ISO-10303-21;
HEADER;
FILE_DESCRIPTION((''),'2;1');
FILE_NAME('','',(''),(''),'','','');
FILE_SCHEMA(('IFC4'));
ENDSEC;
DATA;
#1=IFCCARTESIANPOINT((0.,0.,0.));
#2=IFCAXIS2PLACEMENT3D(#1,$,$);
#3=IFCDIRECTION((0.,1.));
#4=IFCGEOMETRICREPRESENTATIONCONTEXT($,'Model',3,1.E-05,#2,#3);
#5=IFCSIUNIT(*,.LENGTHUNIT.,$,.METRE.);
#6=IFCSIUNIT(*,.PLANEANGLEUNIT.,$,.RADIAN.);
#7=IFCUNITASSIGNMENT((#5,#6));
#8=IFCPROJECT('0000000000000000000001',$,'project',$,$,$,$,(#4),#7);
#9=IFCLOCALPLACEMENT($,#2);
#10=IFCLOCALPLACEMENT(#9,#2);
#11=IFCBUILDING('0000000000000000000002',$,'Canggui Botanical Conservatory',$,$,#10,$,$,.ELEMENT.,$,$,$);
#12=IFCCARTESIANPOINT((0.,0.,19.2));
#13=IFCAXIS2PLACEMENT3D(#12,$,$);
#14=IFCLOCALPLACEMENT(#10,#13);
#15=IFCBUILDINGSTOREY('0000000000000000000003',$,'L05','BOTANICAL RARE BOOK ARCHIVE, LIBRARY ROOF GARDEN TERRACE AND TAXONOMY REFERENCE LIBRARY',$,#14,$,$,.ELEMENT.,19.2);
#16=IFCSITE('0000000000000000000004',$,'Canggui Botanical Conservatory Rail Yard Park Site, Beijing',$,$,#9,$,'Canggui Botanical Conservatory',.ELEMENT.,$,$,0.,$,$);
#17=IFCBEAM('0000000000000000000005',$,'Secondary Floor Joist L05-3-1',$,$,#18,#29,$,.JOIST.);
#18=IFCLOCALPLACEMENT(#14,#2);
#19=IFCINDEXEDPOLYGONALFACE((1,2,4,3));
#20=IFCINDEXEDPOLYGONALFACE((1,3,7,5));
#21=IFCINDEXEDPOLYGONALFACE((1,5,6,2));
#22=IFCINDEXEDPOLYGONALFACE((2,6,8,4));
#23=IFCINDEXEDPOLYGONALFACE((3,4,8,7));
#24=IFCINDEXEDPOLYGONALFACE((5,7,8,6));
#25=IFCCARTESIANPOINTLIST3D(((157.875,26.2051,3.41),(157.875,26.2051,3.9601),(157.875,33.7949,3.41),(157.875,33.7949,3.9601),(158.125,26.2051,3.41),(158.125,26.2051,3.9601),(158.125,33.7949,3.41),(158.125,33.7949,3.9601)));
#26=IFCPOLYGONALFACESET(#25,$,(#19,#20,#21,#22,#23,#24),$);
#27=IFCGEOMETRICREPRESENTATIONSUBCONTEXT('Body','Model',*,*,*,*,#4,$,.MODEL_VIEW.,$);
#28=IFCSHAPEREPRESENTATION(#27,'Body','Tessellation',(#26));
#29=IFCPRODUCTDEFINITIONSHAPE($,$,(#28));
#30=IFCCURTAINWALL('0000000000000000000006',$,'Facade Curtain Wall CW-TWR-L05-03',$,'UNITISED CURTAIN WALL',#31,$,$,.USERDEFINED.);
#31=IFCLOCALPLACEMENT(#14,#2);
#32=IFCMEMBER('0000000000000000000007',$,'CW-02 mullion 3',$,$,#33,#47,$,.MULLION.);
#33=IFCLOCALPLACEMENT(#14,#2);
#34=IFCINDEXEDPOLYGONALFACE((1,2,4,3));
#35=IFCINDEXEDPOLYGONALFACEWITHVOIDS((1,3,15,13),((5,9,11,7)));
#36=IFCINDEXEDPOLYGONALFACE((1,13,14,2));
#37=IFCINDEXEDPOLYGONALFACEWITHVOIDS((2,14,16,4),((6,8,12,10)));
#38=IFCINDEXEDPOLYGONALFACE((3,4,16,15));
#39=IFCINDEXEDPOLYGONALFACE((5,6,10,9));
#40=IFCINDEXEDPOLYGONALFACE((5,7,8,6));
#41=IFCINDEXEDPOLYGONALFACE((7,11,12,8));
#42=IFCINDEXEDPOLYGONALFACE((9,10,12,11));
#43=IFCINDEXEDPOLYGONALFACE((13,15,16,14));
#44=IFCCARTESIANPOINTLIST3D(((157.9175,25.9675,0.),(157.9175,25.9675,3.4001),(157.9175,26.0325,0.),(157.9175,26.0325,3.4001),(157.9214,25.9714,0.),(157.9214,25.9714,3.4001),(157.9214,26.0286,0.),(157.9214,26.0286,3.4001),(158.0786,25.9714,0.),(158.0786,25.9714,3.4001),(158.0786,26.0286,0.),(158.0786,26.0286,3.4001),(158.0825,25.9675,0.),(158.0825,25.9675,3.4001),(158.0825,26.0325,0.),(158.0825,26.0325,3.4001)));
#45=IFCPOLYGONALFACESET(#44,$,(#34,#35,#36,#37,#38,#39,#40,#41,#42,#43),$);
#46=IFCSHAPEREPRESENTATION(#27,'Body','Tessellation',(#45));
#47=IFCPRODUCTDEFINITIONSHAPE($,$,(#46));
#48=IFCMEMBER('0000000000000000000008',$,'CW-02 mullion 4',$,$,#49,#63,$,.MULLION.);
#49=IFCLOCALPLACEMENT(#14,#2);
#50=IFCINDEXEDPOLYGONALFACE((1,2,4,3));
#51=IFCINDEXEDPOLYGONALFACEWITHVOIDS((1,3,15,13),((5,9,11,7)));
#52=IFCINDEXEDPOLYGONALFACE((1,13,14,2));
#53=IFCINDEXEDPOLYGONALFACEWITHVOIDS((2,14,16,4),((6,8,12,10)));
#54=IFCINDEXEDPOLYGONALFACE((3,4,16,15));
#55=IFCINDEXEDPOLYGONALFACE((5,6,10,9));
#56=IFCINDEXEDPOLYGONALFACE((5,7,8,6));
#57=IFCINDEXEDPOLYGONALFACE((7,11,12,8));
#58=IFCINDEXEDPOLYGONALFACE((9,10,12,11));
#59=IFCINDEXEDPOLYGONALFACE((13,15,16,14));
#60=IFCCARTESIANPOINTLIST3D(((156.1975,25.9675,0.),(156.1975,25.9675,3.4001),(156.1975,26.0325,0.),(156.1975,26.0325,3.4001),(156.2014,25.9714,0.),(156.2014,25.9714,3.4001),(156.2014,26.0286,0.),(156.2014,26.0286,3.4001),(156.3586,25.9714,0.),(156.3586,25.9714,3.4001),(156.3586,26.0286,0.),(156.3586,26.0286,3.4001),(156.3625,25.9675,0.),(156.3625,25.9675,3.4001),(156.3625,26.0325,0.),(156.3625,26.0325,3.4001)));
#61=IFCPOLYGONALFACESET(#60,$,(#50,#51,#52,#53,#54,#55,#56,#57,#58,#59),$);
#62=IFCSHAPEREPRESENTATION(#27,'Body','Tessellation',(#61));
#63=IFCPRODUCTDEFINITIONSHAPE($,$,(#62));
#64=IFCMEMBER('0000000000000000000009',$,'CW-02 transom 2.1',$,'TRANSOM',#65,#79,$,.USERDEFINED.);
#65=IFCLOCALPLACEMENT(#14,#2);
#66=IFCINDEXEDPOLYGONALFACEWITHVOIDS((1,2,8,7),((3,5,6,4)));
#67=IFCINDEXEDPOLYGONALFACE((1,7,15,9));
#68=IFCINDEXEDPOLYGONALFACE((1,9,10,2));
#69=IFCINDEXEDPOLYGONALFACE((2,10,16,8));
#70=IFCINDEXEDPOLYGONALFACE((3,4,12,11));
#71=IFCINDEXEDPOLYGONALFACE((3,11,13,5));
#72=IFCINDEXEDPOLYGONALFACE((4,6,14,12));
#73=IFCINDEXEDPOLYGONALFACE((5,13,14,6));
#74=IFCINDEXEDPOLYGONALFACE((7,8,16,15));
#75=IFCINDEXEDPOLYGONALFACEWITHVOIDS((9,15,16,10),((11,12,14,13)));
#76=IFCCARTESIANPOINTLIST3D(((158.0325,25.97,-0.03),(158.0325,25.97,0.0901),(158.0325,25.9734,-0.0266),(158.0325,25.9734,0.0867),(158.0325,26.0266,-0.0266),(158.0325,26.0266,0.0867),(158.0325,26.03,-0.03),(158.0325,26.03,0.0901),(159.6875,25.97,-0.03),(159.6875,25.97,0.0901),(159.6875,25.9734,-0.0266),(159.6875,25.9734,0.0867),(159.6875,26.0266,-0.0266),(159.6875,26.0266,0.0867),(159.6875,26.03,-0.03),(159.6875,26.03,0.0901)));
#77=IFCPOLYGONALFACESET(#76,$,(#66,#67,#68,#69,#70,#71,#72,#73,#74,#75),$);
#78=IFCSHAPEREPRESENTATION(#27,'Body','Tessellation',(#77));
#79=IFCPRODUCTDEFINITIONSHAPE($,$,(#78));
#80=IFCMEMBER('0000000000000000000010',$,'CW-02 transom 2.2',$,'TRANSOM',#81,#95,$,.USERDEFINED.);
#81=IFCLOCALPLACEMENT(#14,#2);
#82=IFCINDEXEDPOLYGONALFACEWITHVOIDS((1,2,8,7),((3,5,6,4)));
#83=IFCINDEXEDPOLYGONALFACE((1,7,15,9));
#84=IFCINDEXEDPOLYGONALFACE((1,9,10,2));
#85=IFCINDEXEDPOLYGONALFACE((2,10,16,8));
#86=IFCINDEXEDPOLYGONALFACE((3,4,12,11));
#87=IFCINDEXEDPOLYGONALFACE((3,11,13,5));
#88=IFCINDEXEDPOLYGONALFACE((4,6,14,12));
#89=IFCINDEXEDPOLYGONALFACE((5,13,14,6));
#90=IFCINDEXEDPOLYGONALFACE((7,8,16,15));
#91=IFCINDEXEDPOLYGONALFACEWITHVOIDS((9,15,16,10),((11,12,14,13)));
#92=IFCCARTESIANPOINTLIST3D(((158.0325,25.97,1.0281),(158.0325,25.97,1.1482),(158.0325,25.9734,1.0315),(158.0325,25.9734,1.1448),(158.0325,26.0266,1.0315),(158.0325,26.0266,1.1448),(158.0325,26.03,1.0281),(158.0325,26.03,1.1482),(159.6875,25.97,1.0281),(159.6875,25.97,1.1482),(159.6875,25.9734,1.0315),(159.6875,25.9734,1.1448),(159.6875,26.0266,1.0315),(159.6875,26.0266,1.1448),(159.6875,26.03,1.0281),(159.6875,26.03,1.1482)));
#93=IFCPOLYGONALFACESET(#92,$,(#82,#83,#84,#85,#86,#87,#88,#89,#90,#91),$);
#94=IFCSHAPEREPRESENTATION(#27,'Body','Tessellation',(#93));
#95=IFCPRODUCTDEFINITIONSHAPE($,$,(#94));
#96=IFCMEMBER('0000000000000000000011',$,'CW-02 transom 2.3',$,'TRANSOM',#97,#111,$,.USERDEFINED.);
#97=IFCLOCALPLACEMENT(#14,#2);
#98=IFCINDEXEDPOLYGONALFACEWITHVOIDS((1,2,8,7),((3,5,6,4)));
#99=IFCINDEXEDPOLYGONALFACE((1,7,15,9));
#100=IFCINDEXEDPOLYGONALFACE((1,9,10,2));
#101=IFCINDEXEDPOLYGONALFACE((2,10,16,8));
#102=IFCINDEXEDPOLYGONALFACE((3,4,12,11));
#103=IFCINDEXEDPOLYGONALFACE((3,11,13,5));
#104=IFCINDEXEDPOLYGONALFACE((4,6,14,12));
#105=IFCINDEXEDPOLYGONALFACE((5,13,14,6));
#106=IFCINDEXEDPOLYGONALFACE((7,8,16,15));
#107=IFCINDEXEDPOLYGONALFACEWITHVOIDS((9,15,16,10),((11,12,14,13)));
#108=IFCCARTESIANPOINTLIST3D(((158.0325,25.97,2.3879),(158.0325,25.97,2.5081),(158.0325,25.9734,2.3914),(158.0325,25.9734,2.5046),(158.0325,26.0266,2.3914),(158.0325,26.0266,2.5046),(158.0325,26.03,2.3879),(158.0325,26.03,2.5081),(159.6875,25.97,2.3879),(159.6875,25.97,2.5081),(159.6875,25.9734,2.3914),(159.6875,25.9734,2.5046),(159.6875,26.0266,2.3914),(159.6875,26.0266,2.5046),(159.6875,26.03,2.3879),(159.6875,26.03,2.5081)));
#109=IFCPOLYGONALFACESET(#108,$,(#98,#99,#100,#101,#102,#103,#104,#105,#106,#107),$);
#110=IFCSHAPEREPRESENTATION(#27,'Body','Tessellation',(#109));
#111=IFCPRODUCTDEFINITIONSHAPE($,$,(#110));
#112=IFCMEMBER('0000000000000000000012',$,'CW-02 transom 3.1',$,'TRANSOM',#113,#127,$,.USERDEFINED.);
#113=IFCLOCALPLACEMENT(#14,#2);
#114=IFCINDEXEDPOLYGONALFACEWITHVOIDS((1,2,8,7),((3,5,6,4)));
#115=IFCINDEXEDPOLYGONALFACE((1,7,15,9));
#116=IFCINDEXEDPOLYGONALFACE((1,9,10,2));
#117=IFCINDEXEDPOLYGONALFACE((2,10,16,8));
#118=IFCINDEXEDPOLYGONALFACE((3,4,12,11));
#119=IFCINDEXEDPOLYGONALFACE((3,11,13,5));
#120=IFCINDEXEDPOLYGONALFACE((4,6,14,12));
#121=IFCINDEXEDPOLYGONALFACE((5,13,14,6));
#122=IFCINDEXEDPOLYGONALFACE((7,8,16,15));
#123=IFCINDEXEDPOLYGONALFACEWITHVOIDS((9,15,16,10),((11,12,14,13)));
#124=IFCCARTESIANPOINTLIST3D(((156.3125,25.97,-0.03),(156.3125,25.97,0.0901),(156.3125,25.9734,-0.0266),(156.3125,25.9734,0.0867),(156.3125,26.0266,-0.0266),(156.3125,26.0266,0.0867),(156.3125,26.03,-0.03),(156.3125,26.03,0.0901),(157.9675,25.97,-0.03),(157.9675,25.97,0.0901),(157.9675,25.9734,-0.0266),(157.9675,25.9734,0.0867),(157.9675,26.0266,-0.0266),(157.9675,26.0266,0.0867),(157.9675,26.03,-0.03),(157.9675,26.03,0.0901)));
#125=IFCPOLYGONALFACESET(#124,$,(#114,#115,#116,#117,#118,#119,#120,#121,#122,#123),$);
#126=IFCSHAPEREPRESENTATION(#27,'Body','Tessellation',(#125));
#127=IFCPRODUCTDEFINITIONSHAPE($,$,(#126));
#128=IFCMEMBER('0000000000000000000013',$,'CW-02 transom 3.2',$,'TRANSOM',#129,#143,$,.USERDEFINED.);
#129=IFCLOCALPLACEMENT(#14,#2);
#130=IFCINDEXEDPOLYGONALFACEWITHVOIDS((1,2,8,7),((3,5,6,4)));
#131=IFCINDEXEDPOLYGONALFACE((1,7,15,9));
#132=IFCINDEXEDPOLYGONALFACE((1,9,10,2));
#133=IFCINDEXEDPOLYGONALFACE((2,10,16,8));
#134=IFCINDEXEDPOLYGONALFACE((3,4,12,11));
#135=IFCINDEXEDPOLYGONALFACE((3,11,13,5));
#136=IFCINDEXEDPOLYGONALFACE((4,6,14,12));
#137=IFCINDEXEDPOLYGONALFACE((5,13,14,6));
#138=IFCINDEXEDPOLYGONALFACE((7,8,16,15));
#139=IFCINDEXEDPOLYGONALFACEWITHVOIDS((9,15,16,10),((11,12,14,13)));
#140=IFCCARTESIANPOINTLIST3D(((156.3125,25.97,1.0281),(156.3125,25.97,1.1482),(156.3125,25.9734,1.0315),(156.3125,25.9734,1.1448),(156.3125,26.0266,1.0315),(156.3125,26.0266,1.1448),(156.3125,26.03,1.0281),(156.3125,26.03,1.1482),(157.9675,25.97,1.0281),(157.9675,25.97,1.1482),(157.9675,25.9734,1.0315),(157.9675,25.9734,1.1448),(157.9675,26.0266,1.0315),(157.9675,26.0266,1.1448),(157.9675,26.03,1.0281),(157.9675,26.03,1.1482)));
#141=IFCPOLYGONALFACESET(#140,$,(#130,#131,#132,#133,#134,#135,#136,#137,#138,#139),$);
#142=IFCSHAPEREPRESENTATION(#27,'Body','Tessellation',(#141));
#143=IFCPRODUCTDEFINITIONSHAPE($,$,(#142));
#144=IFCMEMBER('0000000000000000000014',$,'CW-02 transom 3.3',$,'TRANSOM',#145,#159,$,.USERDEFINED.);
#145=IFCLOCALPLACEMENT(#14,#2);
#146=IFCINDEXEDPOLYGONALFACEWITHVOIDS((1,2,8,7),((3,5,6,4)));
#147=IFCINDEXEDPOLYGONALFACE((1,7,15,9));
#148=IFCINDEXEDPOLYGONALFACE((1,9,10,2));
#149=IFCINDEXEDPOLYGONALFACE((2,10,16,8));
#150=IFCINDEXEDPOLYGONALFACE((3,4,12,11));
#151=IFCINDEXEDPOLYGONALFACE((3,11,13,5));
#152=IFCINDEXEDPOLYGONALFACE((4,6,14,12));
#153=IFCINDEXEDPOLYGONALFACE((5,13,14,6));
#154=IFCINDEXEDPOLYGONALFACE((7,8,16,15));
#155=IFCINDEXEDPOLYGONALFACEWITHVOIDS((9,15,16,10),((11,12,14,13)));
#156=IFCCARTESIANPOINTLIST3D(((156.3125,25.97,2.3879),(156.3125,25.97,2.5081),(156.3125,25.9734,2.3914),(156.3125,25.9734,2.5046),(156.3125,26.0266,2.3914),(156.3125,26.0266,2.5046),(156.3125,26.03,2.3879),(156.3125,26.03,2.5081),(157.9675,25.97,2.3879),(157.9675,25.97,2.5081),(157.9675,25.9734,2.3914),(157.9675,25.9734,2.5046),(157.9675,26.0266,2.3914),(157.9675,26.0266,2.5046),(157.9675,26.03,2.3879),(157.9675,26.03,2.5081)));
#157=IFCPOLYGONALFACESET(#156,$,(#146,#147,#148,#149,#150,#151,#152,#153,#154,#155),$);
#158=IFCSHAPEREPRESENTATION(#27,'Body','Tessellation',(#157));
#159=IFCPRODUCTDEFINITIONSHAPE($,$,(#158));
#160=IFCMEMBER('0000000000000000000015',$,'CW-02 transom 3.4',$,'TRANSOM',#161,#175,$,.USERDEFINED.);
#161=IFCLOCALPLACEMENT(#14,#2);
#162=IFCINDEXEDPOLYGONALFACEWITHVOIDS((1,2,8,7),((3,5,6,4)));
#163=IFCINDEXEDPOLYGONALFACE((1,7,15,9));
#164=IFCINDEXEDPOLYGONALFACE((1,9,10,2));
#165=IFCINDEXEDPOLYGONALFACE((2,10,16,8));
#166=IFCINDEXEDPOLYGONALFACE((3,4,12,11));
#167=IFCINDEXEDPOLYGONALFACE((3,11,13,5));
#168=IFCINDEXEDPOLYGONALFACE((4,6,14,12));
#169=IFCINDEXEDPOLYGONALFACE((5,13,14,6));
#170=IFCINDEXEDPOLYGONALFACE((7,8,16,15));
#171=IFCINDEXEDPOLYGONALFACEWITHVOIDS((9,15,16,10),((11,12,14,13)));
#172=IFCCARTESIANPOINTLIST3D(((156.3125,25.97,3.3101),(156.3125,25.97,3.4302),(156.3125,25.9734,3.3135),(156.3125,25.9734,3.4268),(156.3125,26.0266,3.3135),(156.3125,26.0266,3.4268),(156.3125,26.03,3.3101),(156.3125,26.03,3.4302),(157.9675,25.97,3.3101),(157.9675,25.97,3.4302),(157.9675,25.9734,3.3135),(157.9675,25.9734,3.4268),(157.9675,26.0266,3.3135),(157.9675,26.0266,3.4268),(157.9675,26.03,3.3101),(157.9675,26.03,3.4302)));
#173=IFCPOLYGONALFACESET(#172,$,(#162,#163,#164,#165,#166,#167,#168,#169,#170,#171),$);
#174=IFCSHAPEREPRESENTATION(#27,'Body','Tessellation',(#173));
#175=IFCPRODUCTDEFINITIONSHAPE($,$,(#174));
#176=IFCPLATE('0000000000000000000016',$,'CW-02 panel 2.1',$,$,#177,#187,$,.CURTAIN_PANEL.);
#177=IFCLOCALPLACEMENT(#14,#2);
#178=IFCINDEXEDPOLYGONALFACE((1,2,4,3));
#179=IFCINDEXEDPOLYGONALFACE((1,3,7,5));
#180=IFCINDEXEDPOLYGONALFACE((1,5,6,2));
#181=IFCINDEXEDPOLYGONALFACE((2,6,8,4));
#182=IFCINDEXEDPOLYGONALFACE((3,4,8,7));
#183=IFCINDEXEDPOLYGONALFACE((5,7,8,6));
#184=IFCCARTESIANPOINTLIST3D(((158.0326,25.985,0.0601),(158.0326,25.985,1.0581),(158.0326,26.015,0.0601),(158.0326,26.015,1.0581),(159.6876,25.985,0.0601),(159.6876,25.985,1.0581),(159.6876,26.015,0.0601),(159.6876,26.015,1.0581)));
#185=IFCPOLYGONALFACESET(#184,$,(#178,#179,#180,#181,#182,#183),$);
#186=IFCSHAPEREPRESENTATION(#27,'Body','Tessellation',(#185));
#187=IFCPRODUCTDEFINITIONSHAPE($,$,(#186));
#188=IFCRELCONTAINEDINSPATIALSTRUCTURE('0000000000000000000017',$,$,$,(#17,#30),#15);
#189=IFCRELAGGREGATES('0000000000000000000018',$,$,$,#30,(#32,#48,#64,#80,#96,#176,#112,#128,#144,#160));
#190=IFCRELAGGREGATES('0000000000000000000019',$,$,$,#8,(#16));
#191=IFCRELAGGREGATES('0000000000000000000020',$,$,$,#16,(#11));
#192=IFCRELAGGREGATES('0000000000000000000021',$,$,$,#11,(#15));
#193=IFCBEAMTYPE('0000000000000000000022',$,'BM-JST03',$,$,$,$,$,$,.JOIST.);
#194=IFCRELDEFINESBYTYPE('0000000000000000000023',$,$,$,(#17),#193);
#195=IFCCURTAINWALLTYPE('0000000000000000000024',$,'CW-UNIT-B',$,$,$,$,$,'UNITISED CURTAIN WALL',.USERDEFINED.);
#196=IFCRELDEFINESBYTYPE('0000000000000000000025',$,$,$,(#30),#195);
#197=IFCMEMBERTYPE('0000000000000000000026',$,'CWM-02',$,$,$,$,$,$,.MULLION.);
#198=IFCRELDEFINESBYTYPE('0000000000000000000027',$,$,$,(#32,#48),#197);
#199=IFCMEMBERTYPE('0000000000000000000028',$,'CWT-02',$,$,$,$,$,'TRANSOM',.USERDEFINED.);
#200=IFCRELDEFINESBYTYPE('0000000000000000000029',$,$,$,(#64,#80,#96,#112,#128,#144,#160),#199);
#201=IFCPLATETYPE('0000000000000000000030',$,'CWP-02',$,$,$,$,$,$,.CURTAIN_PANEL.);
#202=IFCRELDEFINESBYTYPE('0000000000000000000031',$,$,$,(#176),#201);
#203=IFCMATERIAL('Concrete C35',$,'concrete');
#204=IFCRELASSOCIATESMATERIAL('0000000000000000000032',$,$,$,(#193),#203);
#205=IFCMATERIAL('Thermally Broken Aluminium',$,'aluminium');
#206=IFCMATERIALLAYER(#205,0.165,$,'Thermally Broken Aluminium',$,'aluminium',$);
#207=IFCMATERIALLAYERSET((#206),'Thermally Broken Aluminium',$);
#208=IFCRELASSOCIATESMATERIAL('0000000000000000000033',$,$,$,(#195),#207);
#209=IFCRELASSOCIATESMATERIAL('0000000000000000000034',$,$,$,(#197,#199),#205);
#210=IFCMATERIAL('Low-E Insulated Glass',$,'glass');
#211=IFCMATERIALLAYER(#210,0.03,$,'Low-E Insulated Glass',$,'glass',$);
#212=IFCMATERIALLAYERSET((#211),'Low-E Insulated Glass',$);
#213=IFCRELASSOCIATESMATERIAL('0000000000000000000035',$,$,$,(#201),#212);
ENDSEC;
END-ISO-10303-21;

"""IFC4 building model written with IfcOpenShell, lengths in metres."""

from ifc_helpers import new_model, si_unit, direction, frame, origin, origin_2d, place, context, subcontext, project, spatial, rectangle, hollow_rectangle, extrude, material, layer, layer_set, material_profile, profile_set, type_object, element, aggregate, save


model = new_model("IFC4")

# Units and contexts
model_context = context("Model", 3, precision=1e-05, world=origin(), true_north=direction((0.0, 1.0)))
body_context = subcontext(model_context, "Body", "Model", "MODEL_VIEW")
ifc_project = project(units=[si_unit("LENGTHUNIT", "METRE"), si_unit("PLANEANGLEUNIT", "RADIAN")], contexts=[model_context])

# Site, building, storey
site_placement = place(None, origin())
site = spatial("IfcSite", under=ifc_project, at=site_placement, Name="Canggui Botanical Conservatory Rail Yard Park Site, Beijing", LongName="Canggui Botanical Conservatory", CompositionType="ELEMENT", RefElevation=0.0)
building_placement = place(site_placement, origin())
building = spatial("IfcBuilding", under=site, at=building_placement, Name="Canggui Botanical Conservatory", CompositionType="ELEMENT")
storey_placement = place(building_placement, frame((0.0, 0.0, 19.2)))
storey = spatial("IfcBuildingStorey", under=building, at=storey_placement, Name="L05", Description="BOTANICAL RARE BOOK ARCHIVE, LIBRARY ROOF GARDEN TERRACE AND TAXONOMY REFERENCE LIBRARY", CompositionType="ELEMENT", Elevation=19.2)

# Beam
ifc_material_1 = material(Name="Concrete C35", Category="concrete")
ifc_material_profile_1 = material_profile(ifc_material_1, rectangle(XDim=0.25, YDim=0.55, at=origin_2d()), Name="RB 250x550")
ifc_profile_set_1 = profile_set([ifc_material_profile_1], Name="Concrete C35")
beam_type = type_object("IfcBeamType", Name="BM-JST03", PredefinedType="JOIST", material=ifc_profile_set_1)
beam_placement = place(storey_placement, frame((158.0, 26.2051, 3.6851), z_axis=(0.0, 1.0, 0.0), x_axis=(-1.0, 0.0, 0.0)))
element("IfcBeam", 1, at=beam_placement, inside=storey, type_object=beam_type, Name="Secondary Floor Joist L05-3-1", PredefinedType="JOIST", context=body_context, shape_type="SweptSolid", body=[
    extrude(rectangle(XDim=0.25, YDim=0.55, at=origin_2d()), origin(), (0.0, 0.0, 1.0), 7.5898),
])

# Curtain wall, members, plate
ifc_material_2 = material(Name="Thermally Broken Aluminium", Category="aluminium")
ifc_layer_1 = layer(ifc_material_2, 0.165, Name="Thermally Broken Aluminium", Category="aluminium")
ifc_layer_set_1 = layer_set([ifc_layer_1], Name="Thermally Broken Aluminium")
curtain_wall_type = type_object("IfcCurtainWallType", Name="CW-UNIT-B", ElementType="UNITISED CURTAIN WALL", PredefinedType="USERDEFINED", material=ifc_layer_set_1)
curtain_wall_placement = place(storey_placement, origin())
curtain_wall = element("IfcCurtainWall", 2, at=curtain_wall_placement, inside=storey, type_object=curtain_wall_type, Name="Facade Curtain Wall CW-TWR-L05-03", ObjectType="UNITISED CURTAIN WALL", PredefinedType="USERDEFINED")
ifc_material_profile_2 = material_profile(ifc_material_2, hollow_rectangle(XDim=0.0649, YDim=0.165, WallThickness=0.0039, at=origin_2d()), Name="CWM 65x165x4")
ifc_profile_set_2 = profile_set([ifc_material_profile_2], Name="Thermally Broken Aluminium")
member_type_1 = type_object("IfcMemberType", Name="CWM-02", PredefinedType="MULLION", material=ifc_profile_set_2)
member_1_placement = place(storey_placement, frame((158.0, 26.0, 0.0), z_axis=(0.0, 0.0, 1.0), x_axis=(0.0, -1.0, 0.0)))
member_1 = element("IfcMember", 3, at=member_1_placement, type_object=member_type_1, Name="CW-02 mullion 3", PredefinedType="MULLION", context=body_context, shape_type="SweptSolid", body=[
    extrude(hollow_rectangle(XDim=0.0649, YDim=0.165, WallThickness=0.0039, at=origin_2d()), origin(), (0.0, 0.0, 1.0), 3.4001),
])
member_2_placement = place(storey_placement, frame((156.28, 26.0, 0.0), z_axis=(0.0, 0.0, 1.0), x_axis=(0.0, -1.0, 0.0)))
member_2 = element("IfcMember", 4, at=member_2_placement, type_object=member_type_1, Name="CW-02 mullion 4", PredefinedType="MULLION", context=body_context, shape_type="SweptSolid", body=[
    extrude(hollow_rectangle(XDim=0.0649, YDim=0.165, WallThickness=0.0039, at=origin_2d()), origin(), (0.0, 0.0, 1.0), 3.4001),
])
ifc_material_profile_3 = material_profile(ifc_material_2, hollow_rectangle(XDim=0.0601, YDim=0.1201, WallThickness=0.0034, at=origin_2d()), Name="CWT 60x120x3.5")
ifc_profile_set_3 = profile_set([ifc_material_profile_3], Name="Thermally Broken Aluminium")
member_type_2 = type_object("IfcMemberType", Name="CWT-02", ElementType="TRANSOM", PredefinedType="USERDEFINED", material=ifc_profile_set_3)
member_3_placement = place(storey_placement, frame((159.6875, 26.0, 0.03), z_axis=(-1.0, 0.0, 0.0), x_axis=(0.0, -1.0, 0.0)))
member_3 = element("IfcMember", 5, at=member_3_placement, type_object=member_type_2, Name="CW-02 transom 2.1", ObjectType="TRANSOM", PredefinedType="USERDEFINED", context=body_context, shape_type="SweptSolid", body=[
    extrude(hollow_rectangle(XDim=0.0601, YDim=0.1201, WallThickness=0.0034, at=origin_2d()), origin(), (0.0, 0.0, 1.0), 1.655),
])
member_4_placement = place(storey_placement, frame((159.6875, 26.0, 1.0881), z_axis=(-1.0, 0.0, 0.0), x_axis=(0.0, -1.0, 0.0)))
member_4 = element("IfcMember", 6, at=member_4_placement, type_object=member_type_2, Name="CW-02 transom 2.2", ObjectType="TRANSOM", PredefinedType="USERDEFINED", context=body_context, shape_type="SweptSolid", body=[
    extrude(hollow_rectangle(XDim=0.0601, YDim=0.1201, WallThickness=0.0034, at=origin_2d()), origin(), (0.0, 0.0, 1.0), 1.655),
])
member_5_placement = place(storey_placement, frame((159.6875, 26.0, 2.448), z_axis=(-1.0, 0.0, 0.0), x_axis=(0.0, -1.0, 0.0)))
member_5 = element("IfcMember", 7, at=member_5_placement, type_object=member_type_2, Name="CW-02 transom 2.3", ObjectType="TRANSOM", PredefinedType="USERDEFINED", context=body_context, shape_type="SweptSolid", body=[
    extrude(hollow_rectangle(XDim=0.0601, YDim=0.1201, WallThickness=0.0034, at=origin_2d()), origin(), (0.0, 0.0, 1.0), 1.655),
])
member_6_placement = place(storey_placement, frame((157.9675, 26.0, 0.03), z_axis=(-1.0, 0.0, 0.0), x_axis=(0.0, -1.0, 0.0)))
member_6 = element("IfcMember", 8, at=member_6_placement, type_object=member_type_2, Name="CW-02 transom 3.1", ObjectType="TRANSOM", PredefinedType="USERDEFINED", context=body_context, shape_type="SweptSolid", body=[
    extrude(hollow_rectangle(XDim=0.0601, YDim=0.1201, WallThickness=0.0034, at=origin_2d()), origin(), (0.0, 0.0, 1.0), 1.655),
])
member_7_placement = place(storey_placement, frame((157.9675, 26.0, 1.0881), z_axis=(-1.0, 0.0, 0.0), x_axis=(0.0, -1.0, 0.0)))
member_7 = element("IfcMember", 9, at=member_7_placement, type_object=member_type_2, Name="CW-02 transom 3.2", ObjectType="TRANSOM", PredefinedType="USERDEFINED", context=body_context, shape_type="SweptSolid", body=[
    extrude(hollow_rectangle(XDim=0.0601, YDim=0.1201, WallThickness=0.0034, at=origin_2d()), origin(), (0.0, 0.0, 1.0), 1.655),
])
member_8_placement = place(storey_placement, frame((157.9675, 26.0, 2.448), z_axis=(-1.0, 0.0, 0.0), x_axis=(0.0, -1.0, 0.0)))
member_8 = element("IfcMember", 10, at=member_8_placement, type_object=member_type_2, Name="CW-02 transom 3.3", ObjectType="TRANSOM", PredefinedType="USERDEFINED", context=body_context, shape_type="SweptSolid", body=[
    extrude(hollow_rectangle(XDim=0.0601, YDim=0.1201, WallThickness=0.0034, at=origin_2d()), origin(), (0.0, 0.0, 1.0), 1.655),
])
member_9_placement = place(storey_placement, frame((157.9675, 26.0, 3.3701), z_axis=(-1.0, 0.0, 0.0), x_axis=(0.0, -1.0, 0.0)))
member_9 = element("IfcMember", 11, at=member_9_placement, type_object=member_type_2, Name="CW-02 transom 3.4", ObjectType="TRANSOM", PredefinedType="USERDEFINED", context=body_context, shape_type="SweptSolid", body=[
    extrude(hollow_rectangle(XDim=0.0601, YDim=0.1201, WallThickness=0.0034, at=origin_2d()), origin(), (0.0, 0.0, 1.0), 1.655),
])
ifc_material_3 = material(Name="Low-E Insulated Glass", Category="glass")
ifc_layer_2 = layer(ifc_material_3, 0.03, Name="Low-E Insulated Glass", Category="glass")
ifc_layer_set_2 = layer_set([ifc_layer_2], Name="Low-E Insulated Glass")
plate_type = type_object("IfcPlateType", Name="CWP-02", PredefinedType="CURTAIN_PANEL", material=ifc_layer_set_2)
plate_1_placement = place(storey_placement, frame((158.8601, 26.0, 0.0601), z_axis=(0.0, 0.0, 1.0), x_axis=(-1.0, 0.0, 0.0)))
plate_1 = element("IfcPlate", 12, at=plate_1_placement, type_object=plate_type, Name="CW-02 panel 2.1", PredefinedType="CURTAIN_PANEL", context=body_context, shape_type="SweptSolid", body=[
    extrude(rectangle(XDim=1.655, YDim=0.03, at=origin_2d()), origin(), (0.0, 0.0, 1.0), 0.998),
])
aggregate(curtain_wall, [member_1, member_2, member_3, member_4, member_5, plate_1, member_6, member_7, member_8, member_9])

save(model, "model.ifc")
